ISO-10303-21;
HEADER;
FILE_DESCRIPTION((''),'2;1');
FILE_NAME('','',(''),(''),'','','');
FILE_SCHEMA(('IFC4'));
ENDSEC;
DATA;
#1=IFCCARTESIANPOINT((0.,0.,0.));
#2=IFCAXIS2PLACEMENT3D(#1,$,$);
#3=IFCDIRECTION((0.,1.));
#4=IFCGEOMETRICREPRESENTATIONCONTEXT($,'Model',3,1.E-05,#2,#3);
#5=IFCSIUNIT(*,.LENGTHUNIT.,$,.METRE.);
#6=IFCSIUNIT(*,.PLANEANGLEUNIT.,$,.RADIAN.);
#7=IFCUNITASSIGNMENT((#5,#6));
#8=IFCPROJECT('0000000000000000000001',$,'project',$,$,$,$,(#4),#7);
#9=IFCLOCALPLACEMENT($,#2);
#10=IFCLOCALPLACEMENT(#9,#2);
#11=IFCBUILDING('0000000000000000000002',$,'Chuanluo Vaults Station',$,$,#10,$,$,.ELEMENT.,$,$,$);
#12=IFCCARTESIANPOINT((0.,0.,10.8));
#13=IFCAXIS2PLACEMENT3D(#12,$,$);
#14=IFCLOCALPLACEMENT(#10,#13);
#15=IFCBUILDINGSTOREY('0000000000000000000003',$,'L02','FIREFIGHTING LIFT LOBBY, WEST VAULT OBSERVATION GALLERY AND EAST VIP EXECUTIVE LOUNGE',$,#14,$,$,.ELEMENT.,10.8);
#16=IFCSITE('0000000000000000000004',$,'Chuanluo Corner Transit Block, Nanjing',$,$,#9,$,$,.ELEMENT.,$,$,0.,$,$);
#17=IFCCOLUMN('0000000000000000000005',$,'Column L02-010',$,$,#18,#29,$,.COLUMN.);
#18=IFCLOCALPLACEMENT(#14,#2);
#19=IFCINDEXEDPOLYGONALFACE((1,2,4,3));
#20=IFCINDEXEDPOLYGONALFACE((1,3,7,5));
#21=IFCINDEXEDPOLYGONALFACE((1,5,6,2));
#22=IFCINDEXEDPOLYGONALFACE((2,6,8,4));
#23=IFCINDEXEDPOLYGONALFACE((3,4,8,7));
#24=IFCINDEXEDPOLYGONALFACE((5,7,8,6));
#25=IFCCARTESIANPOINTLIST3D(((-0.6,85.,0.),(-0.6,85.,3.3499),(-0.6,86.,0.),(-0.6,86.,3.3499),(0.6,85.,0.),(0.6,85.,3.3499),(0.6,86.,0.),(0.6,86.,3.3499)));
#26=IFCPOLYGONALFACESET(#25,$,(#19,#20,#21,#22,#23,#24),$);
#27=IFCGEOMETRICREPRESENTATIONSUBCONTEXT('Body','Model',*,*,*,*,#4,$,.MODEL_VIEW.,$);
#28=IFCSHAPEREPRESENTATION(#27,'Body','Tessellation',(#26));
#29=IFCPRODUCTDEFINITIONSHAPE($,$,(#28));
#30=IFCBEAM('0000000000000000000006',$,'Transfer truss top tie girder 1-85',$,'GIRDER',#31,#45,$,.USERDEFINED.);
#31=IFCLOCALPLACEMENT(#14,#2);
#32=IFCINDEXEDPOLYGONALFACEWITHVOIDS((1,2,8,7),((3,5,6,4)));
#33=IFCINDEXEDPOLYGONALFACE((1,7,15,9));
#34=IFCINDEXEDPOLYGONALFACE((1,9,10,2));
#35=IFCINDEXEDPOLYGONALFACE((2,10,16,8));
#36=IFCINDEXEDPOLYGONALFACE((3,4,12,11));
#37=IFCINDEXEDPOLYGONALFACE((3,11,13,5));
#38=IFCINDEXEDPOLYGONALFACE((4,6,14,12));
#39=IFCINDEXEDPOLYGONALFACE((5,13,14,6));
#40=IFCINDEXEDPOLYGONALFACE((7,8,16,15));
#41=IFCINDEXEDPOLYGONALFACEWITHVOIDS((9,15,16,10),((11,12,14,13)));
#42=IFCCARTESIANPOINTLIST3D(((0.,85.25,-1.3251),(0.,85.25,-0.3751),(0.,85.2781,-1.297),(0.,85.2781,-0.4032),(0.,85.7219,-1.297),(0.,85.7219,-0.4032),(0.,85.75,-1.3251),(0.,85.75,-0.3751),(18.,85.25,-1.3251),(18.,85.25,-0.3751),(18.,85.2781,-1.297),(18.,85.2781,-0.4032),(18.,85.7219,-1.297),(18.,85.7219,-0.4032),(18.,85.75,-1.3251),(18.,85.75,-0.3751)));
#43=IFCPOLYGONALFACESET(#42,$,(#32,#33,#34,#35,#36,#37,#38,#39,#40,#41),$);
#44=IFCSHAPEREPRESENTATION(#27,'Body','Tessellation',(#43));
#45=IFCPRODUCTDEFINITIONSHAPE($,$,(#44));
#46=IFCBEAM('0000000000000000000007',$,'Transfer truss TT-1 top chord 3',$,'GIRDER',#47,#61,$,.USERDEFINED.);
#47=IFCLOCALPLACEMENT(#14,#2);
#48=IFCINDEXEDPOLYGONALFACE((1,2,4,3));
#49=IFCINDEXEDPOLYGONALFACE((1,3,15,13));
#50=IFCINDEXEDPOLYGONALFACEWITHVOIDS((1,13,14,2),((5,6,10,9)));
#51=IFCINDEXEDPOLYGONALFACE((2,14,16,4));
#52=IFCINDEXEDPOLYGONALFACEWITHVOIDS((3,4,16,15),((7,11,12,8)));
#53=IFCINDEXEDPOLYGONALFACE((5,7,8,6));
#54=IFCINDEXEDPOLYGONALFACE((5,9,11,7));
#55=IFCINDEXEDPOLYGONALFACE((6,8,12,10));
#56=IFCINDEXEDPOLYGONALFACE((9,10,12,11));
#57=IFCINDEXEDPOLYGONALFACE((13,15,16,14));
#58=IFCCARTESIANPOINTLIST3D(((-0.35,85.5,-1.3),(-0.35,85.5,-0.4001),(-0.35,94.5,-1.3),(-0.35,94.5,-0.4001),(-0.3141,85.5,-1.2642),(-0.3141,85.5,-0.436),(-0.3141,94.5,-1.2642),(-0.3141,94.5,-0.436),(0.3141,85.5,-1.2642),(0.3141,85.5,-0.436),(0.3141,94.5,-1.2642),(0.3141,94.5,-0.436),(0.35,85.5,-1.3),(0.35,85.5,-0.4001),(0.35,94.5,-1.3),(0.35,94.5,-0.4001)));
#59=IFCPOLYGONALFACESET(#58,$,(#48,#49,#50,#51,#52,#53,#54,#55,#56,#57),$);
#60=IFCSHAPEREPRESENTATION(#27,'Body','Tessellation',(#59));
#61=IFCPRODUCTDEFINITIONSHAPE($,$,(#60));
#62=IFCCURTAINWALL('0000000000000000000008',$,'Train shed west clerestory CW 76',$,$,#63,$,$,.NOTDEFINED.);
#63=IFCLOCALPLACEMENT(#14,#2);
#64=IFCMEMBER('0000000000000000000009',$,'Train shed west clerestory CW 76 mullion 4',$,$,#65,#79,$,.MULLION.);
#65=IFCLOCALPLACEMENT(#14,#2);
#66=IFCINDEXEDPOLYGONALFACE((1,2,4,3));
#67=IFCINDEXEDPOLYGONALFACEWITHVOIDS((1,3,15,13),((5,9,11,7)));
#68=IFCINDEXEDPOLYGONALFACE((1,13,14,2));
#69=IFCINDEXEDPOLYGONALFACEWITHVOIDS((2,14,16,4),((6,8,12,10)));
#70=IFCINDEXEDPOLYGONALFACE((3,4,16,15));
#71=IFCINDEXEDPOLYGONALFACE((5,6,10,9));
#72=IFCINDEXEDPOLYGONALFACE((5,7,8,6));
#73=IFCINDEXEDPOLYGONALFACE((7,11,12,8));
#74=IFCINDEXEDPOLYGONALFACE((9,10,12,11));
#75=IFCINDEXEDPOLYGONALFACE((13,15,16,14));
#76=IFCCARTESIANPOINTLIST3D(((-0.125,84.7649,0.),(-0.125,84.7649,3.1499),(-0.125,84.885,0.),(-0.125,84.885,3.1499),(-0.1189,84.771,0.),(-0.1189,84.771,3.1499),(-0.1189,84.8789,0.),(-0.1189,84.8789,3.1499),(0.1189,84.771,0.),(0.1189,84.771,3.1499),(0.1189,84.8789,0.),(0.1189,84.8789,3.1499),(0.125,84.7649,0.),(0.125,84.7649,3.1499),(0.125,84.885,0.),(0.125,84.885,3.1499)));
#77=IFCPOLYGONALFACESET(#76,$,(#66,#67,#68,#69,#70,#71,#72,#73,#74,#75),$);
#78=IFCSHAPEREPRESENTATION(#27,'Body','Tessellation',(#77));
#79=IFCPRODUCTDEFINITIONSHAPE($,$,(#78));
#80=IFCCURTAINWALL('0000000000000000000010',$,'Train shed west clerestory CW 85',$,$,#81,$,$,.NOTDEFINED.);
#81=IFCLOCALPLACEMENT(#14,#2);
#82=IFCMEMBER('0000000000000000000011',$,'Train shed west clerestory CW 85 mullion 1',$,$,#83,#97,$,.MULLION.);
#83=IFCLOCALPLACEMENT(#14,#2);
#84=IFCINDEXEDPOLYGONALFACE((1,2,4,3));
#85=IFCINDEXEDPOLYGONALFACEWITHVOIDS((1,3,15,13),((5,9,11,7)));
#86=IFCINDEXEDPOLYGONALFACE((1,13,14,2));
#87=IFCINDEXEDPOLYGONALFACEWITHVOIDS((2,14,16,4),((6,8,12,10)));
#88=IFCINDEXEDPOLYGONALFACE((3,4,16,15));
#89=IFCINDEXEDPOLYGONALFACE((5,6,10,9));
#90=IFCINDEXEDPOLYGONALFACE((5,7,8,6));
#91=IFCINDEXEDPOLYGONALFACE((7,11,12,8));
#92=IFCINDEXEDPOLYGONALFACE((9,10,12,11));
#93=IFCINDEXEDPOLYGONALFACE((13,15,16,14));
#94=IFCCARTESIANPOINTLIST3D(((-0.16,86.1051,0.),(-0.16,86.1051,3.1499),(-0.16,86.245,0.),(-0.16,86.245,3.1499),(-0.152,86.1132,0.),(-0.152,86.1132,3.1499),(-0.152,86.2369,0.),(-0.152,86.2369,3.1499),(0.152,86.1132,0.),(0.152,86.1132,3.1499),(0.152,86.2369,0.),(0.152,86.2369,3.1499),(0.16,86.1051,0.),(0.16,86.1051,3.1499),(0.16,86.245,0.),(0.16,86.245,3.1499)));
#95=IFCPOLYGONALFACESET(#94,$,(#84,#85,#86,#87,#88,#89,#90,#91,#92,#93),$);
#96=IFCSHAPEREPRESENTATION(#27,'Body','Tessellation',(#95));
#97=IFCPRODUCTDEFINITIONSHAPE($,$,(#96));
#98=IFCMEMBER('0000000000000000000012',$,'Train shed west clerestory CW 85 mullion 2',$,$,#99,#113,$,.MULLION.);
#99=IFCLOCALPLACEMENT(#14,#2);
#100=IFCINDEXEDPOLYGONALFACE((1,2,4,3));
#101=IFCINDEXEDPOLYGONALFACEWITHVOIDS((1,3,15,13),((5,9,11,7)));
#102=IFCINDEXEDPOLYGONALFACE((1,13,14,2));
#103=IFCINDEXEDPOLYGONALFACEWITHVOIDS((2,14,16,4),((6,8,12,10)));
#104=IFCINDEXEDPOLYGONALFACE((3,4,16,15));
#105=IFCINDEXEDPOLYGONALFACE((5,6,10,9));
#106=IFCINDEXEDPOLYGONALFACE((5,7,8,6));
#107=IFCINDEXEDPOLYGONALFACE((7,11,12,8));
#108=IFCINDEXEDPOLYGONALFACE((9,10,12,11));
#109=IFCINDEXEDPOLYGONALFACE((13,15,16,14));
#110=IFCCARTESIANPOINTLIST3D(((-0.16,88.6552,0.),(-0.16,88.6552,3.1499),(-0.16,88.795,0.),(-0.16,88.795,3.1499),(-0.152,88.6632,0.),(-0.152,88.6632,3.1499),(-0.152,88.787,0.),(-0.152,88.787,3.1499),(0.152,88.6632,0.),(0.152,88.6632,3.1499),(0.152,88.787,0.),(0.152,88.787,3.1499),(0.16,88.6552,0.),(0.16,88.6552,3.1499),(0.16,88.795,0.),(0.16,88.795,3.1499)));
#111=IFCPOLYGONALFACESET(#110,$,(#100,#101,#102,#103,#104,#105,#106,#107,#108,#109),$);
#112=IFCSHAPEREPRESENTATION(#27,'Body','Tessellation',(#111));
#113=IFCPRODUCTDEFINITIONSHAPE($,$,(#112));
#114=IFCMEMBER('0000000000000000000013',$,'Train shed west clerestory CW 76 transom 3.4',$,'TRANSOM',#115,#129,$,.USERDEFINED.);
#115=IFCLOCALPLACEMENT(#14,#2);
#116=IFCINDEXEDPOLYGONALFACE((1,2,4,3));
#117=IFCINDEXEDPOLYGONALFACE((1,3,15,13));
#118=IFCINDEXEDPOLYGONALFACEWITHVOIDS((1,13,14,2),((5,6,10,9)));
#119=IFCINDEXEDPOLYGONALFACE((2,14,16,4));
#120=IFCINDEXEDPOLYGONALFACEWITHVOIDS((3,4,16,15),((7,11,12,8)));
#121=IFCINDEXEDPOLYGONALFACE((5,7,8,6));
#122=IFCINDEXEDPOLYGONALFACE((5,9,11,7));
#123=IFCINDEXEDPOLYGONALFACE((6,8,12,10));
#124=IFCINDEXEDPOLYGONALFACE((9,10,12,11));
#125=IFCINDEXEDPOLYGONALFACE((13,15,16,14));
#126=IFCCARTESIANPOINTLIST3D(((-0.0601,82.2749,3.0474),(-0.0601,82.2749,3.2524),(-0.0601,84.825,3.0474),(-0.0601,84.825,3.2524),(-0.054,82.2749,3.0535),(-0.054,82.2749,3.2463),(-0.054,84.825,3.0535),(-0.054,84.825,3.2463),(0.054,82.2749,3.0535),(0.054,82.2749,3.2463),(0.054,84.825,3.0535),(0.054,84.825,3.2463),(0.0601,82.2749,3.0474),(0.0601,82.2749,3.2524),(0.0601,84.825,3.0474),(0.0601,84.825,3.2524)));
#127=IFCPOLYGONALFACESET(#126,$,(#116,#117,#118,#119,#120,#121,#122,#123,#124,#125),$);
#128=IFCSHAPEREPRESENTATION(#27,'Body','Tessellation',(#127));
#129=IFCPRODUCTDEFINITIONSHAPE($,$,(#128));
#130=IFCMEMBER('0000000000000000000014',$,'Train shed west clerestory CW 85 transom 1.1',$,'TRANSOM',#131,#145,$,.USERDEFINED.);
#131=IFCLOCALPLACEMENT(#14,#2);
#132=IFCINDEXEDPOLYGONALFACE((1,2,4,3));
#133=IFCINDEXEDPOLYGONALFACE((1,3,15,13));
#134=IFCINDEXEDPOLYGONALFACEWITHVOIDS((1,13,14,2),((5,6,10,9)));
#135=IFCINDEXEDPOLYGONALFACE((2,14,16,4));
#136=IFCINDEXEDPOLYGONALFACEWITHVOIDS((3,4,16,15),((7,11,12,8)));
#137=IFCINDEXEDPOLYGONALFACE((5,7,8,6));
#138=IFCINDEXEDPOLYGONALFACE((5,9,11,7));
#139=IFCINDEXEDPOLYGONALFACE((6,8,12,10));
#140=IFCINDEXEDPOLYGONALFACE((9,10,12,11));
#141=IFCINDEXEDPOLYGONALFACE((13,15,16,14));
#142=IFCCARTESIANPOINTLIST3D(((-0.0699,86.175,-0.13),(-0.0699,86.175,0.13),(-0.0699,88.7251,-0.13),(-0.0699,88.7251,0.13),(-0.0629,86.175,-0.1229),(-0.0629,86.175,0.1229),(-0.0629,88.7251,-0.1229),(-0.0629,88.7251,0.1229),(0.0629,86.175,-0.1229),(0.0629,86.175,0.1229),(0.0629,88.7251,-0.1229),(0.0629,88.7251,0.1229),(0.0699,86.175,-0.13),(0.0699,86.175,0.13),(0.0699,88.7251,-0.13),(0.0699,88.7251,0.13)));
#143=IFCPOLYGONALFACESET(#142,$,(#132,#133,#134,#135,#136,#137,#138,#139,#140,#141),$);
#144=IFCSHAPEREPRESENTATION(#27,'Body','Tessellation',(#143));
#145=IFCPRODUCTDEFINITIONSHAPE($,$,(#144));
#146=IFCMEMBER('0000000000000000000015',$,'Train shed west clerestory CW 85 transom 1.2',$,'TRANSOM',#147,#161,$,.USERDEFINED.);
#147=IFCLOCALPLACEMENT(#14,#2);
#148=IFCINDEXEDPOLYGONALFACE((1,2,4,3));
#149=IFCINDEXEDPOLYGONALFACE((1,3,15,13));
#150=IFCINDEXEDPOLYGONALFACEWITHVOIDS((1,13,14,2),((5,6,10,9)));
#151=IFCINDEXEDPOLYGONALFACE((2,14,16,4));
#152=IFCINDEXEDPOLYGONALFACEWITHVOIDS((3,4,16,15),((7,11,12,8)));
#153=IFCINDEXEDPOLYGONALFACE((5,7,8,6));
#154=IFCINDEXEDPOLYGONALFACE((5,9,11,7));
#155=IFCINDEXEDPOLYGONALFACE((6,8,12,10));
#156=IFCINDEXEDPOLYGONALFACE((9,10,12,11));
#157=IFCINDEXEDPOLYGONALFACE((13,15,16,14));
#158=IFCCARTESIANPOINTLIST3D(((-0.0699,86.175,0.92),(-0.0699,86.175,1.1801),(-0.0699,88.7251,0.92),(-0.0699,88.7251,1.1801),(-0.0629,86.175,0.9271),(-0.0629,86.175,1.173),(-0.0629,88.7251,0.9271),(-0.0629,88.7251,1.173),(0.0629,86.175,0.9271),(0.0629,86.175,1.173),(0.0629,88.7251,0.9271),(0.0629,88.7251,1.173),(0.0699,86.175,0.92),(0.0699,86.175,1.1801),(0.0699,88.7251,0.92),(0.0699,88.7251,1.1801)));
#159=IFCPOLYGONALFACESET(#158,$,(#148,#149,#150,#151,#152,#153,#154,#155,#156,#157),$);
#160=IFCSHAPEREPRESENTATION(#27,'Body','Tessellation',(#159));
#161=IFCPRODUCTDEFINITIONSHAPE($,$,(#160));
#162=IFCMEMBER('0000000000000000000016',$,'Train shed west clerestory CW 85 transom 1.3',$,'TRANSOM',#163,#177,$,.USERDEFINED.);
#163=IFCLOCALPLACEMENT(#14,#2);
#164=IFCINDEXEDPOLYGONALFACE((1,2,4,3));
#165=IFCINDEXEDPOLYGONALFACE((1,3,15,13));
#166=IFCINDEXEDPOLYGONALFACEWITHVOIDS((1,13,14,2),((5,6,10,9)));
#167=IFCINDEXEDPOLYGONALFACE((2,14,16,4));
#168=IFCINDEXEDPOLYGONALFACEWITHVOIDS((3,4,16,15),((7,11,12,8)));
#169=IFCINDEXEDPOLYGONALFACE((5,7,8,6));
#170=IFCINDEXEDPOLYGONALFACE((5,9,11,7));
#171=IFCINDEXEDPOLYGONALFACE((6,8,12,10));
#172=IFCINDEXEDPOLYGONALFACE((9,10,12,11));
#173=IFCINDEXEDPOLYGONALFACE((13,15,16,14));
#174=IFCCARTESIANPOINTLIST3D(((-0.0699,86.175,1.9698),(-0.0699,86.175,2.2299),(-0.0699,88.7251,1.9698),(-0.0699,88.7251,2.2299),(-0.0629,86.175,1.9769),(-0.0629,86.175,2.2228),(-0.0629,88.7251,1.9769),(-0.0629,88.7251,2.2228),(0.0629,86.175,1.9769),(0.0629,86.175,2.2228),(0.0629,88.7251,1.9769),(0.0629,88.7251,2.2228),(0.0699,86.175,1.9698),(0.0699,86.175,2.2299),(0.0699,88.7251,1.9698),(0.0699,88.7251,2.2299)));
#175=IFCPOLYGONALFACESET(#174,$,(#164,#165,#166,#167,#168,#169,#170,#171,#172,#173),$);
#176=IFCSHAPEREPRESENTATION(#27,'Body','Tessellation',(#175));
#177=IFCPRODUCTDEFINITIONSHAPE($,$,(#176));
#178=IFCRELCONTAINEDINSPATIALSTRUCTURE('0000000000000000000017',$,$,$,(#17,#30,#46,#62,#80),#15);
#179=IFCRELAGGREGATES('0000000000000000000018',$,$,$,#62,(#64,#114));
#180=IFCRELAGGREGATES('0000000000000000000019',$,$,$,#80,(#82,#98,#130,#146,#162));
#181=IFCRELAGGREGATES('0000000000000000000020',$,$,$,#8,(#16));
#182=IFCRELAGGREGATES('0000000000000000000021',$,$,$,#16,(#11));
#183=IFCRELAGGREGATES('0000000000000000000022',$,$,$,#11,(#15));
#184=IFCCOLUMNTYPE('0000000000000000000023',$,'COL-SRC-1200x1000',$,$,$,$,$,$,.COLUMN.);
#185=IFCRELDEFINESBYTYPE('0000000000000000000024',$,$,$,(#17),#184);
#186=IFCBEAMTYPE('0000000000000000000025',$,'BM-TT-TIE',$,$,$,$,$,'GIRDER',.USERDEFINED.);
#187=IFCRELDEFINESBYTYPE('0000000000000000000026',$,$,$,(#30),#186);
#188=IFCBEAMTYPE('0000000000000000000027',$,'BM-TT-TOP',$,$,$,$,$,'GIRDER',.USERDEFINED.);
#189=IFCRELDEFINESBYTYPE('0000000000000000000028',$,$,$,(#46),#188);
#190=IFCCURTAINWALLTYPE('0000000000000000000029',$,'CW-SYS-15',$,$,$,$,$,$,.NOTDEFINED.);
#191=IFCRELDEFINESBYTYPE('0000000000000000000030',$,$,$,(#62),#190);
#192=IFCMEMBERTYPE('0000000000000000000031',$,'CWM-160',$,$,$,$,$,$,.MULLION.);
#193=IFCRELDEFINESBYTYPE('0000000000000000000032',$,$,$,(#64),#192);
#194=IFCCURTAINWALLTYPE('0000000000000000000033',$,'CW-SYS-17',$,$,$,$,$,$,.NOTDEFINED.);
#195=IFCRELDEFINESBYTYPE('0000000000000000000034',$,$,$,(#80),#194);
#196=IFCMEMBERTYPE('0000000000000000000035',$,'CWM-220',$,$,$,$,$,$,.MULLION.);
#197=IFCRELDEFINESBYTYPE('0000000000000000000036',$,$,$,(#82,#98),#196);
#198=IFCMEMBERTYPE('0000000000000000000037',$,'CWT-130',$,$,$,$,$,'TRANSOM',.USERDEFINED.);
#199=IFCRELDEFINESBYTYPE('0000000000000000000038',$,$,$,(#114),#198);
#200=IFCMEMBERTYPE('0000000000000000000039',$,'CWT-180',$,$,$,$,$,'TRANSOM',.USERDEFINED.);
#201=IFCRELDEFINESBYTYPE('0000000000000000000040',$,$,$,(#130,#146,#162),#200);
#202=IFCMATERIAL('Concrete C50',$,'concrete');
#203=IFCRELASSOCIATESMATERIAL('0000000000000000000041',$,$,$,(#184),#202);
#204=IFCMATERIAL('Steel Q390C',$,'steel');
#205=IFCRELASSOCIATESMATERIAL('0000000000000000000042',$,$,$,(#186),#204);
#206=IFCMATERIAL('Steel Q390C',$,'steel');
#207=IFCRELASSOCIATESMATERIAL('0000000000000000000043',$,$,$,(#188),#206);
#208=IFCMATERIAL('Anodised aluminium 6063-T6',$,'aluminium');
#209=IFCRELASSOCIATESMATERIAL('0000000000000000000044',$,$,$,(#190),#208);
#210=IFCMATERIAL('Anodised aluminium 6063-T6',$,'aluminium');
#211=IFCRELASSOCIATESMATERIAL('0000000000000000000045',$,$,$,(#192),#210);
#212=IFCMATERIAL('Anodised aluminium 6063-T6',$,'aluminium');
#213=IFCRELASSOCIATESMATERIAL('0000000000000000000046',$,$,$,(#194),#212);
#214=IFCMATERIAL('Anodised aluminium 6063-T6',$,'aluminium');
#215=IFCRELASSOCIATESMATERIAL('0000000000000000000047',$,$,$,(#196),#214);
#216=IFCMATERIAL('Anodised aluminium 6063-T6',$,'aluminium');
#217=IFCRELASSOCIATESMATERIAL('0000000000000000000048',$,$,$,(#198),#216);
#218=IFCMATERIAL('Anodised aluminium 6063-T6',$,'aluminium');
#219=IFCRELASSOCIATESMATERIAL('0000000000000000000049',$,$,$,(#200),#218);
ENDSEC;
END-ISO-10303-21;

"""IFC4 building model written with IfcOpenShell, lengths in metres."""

from ifc_helpers import new_model, si_unit, direction, frame, origin, origin_2d, place, context, subcontext, project, spatial, rectangle, hollow_rectangle, extrude, material, material_profile, profile_set, type_object, element, aggregate, save


model = new_model("IFC4")

# Units and contexts
model_context = context("Model", 3, precision=1e-05, world=origin(), true_north=direction((0.0, 1.0)))
body_context = subcontext(model_context, "Body", "Model", "MODEL_VIEW")
ifc_project = project(units=[si_unit("LENGTHUNIT", "METRE"), si_unit("PLANEANGLEUNIT", "RADIAN")], contexts=[model_context])

# Site, building, storey
site_placement = place(None, origin())
site = spatial("IfcSite", under=ifc_project, at=site_placement, Name="Chuanluo Corner Transit Block, Nanjing", CompositionType="ELEMENT", RefElevation=0.0)
building_placement = place(site_placement, origin())
building = spatial("IfcBuilding", under=site, at=building_placement, Name="Chuanluo Vaults Station", CompositionType="ELEMENT")
storey_placement = place(building_placement, frame((0.0, 0.0, 10.8)))
storey = spatial("IfcBuildingStorey", under=building, at=storey_placement, Name="L02", Description="FIREFIGHTING LIFT LOBBY, WEST VAULT OBSERVATION GALLERY AND EAST VIP EXECUTIVE LOUNGE", CompositionType="ELEMENT", Elevation=10.8)

# Column
ifc_material_1 = material(Name="Concrete C50", Category="concrete")
ifc_material_profile_1 = material_profile(ifc_material_1, rectangle(XDim=1.2, YDim=1.0, at=origin_2d()))
ifc_profile_set_1 = profile_set([ifc_material_profile_1], Name="Concrete C50")
column_type = type_object("IfcColumnType", Name="COL-SRC-1200x1000", PredefinedType="COLUMN", material=ifc_profile_set_1)
column_placement = place(storey_placement, frame((0.0, 85.5, 0.0), z_axis=(0.0, 0.0, 1.0), x_axis=(1.0, 0.0, 0.0)))
element("IfcColumn", 1, at=column_placement, inside=storey, type_object=column_type, Name="Column L02-010", PredefinedType="COLUMN", context=body_context, shape_type="SweptSolid", body=[
    extrude(rectangle(XDim=1.2, YDim=1.0, at=origin_2d()), origin(), (0.0, 0.0, 1.0), 3.3499),
])

# Beams
ifc_material_2 = material(Name="Steel Q390C", Category="steel")
ifc_material_profile_2 = material_profile(ifc_material_2, hollow_rectangle(XDim=0.5, YDim=0.95, WallThickness=0.0281, at=origin_2d()))
ifc_profile_set_2 = profile_set([ifc_material_profile_2], Name="Steel Q390C")
beam_type_1 = type_object("IfcBeamType", Name="BM-TT-TIE", ElementType="GIRDER", PredefinedType="USERDEFINED", material=ifc_profile_set_2)
beam_1_placement = place(storey_placement, frame((0.0, 85.5, -0.8501), z_axis=(1.0, 0.0, 0.0), x_axis=(0.0, 1.0, 0.0)))
element("IfcBeam", 2, at=beam_1_placement, inside=storey, type_object=beam_type_1, Name="Transfer truss top tie girder 1-85", ObjectType="GIRDER", PredefinedType="USERDEFINED", context=body_context, shape_type="SweptSolid", body=[
    extrude(hollow_rectangle(XDim=0.5, YDim=0.95, WallThickness=0.0281, at=origin_2d()), origin(), (0.0, 0.0, 1.0), 18.0),
])
ifc_material_3 = material(Name="Steel Q390C", Category="steel")
ifc_material_profile_3 = material_profile(ifc_material_3, hollow_rectangle(XDim=0.7, YDim=0.8999, WallThickness=0.0359, at=origin_2d()))
ifc_profile_set_3 = profile_set([ifc_material_profile_3], Name="Steel Q390C")
beam_type_2 = type_object("IfcBeamType", Name="BM-TT-TOP", ElementType="GIRDER", PredefinedType="USERDEFINED", material=ifc_profile_set_3)
beam_2_placement = place(storey_placement, frame((0.0, 85.5, -0.8501), z_axis=(0.0, 1.0, 0.0), x_axis=(-1.0, 0.0, 0.0)))
element("IfcBeam", 3, at=beam_2_placement, inside=storey, type_object=beam_type_2, Name="Transfer truss TT-1 top chord 3", ObjectType="GIRDER", PredefinedType="USERDEFINED", context=body_context, shape_type="SweptSolid", body=[
    extrude(hollow_rectangle(XDim=0.7, YDim=0.8999, WallThickness=0.0359, at=origin_2d()), origin(), (0.0, 0.0, 1.0), 9.0),
])

# Curtain wall, member
ifc_material_4 = material(Name="Anodised aluminium 6063-T6", Category="aluminium")
curtain_wall_type_1 = type_object("IfcCurtainWallType", Name="CW-SYS-15", PredefinedType="NOTDEFINED", material=ifc_material_4)
curtain_wall_1_placement = place(storey_placement, origin())
curtain_wall_1 = element("IfcCurtainWall", 4, at=curtain_wall_1_placement, inside=storey, type_object=curtain_wall_type_1, Name="Train shed west clerestory CW 76", PredefinedType="NOTDEFINED")
ifc_material_5 = material(Name="Anodised aluminium 6063-T6", Category="aluminium")
ifc_material_profile_4 = material_profile(ifc_material_5, hollow_rectangle(XDim=0.1201, YDim=0.25, WallThickness=0.0061, at=origin_2d()))
ifc_profile_set_4 = profile_set([ifc_material_profile_4], Name="Anodised aluminium 6063-T6")
member_type_1 = type_object("IfcMemberType", Name="CWM-160", PredefinedType="MULLION", material=ifc_profile_set_4)
member_1_placement = place(storey_placement, frame((0.0, 84.825, 0.0), z_axis=(0.0, 0.0, 1.0), x_axis=(0.0, 1.0, 0.0)))
member_1 = element("IfcMember", 5, at=member_1_placement, type_object=member_type_1, Name="Train shed west clerestory CW 76 mullion 4", PredefinedType="MULLION", context=body_context, shape_type="SweptSolid", body=[
    extrude(hollow_rectangle(XDim=0.1201, YDim=0.25, WallThickness=0.0061, at=origin_2d()), origin(), (0.0, 0.0, 1.0), 3.1499),
])

# Curtain wall, members
ifc_material_6 = material(Name="Anodised aluminium 6063-T6", Category="aluminium")
curtain_wall_type_2 = type_object("IfcCurtainWallType", Name="CW-SYS-17", PredefinedType="NOTDEFINED", material=ifc_material_6)
curtain_wall_2_placement = place(storey_placement, origin())
curtain_wall_2 = element("IfcCurtainWall", 6, at=curtain_wall_2_placement, inside=storey, type_object=curtain_wall_type_2, Name="Train shed west clerestory CW 85", PredefinedType="NOTDEFINED")
ifc_material_7 = material(Name="Anodised aluminium 6063-T6", Category="aluminium")
ifc_material_profile_5 = material_profile(ifc_material_7, hollow_rectangle(XDim=0.1399, YDim=0.3201, WallThickness=0.0081, at=origin_2d()))
ifc_profile_set_5 = profile_set([ifc_material_profile_5], Name="Anodised aluminium 6063-T6")
member_type_2 = type_object("IfcMemberType", Name="CWM-220", PredefinedType="MULLION", material=ifc_profile_set_5)
member_2_placement = place(storey_placement, frame((0.0, 86.175, 0.0), z_axis=(0.0, 0.0, 1.0), x_axis=(0.0, 1.0, 0.0)))
member_2 = element("IfcMember", 7, at=member_2_placement, type_object=member_type_2, Name="Train shed west clerestory CW 85 mullion 1", PredefinedType="MULLION", context=body_context, shape_type="SweptSolid", body=[
    extrude(hollow_rectangle(XDim=0.1399, YDim=0.3201, WallThickness=0.0081, at=origin_2d()), origin(), (0.0, 0.0, 1.0), 3.1499),
])
member_3_placement = place(storey_placement, frame((0.0, 88.7251, 0.0), z_axis=(0.0, 0.0, 1.0), x_axis=(0.0, 1.0, 0.0)))
member_3 = element("IfcMember", 8, at=member_3_placement, type_object=member_type_2, Name="Train shed west clerestory CW 85 mullion 2", PredefinedType="MULLION", context=body_context, shape_type="SweptSolid", body=[
    extrude(hollow_rectangle(XDim=0.1399, YDim=0.3201, WallThickness=0.0081, at=origin_2d()), origin(), (0.0, 0.0, 1.0), 3.1499),
])

# Members
ifc_material_8 = material(Name="Anodised aluminium 6063-T6", Category="aluminium")
ifc_material_profile_6 = material_profile(ifc_material_8, hollow_rectangle(XDim=0.1201, YDim=0.2051, WallThickness=0.0061, at=origin_2d()))
ifc_profile_set_6 = profile_set([ifc_material_profile_6], Name="Anodised aluminium 6063-T6")
member_type_3 = type_object("IfcMemberType", Name="CWT-130", ElementType="TRANSOM", PredefinedType="USERDEFINED", material=ifc_profile_set_6)
member_4_placement = place(storey_placement, frame((0.0, 82.2749, 3.1499), z_axis=(0.0, 1.0, 0.0), x_axis=(-1.0, 0.0, 0.0)))
member_4 = element("IfcMember", 9, at=member_4_placement, type_object=member_type_3, Name="Train shed west clerestory CW 76 transom 3.4", ObjectType="TRANSOM", PredefinedType="USERDEFINED", context=body_context, shape_type="SweptSolid", body=[
    extrude(hollow_rectangle(XDim=0.1201, YDim=0.2051, WallThickness=0.0061, at=origin_2d()), origin(), (0.0, 0.0, 1.0), 2.55),
])
ifc_material_9 = material(Name="Anodised aluminium 6063-T6", Category="aluminium")
ifc_material_profile_7 = material_profile(ifc_material_9, hollow_rectangle(XDim=0.1399, YDim=0.26, WallThickness=0.0071, at=origin_2d()))
ifc_profile_set_7 = profile_set([ifc_material_profile_7], Name="Anodised aluminium 6063-T6")
member_type_4 = type_object("IfcMemberType", Name="CWT-180", ElementType="TRANSOM", PredefinedType="USERDEFINED", material=ifc_profile_set_7)
member_5_placement = place(storey_placement, frame((0.0, 86.175, 0.0), z_axis=(0.0, 1.0, 0.0), x_axis=(-1.0, 0.0, 0.0)))
member_5 = element("IfcMember", 10, at=member_5_placement, type_object=member_type_4, Name="Train shed west clerestory CW 85 transom 1.1", ObjectType="TRANSOM", PredefinedType="USERDEFINED", context=body_context, shape_type="SweptSolid", body=[
    extrude(hollow_rectangle(XDim=0.1399, YDim=0.26, WallThickness=0.0071, at=origin_2d()), origin(), (0.0, 0.0, 1.0), 2.55),
])
member_6_placement = place(storey_placement, frame((0.0, 86.175, 1.05), z_axis=(0.0, 1.0, 0.0), x_axis=(-1.0, 0.0, 0.0)))
member_6 = element("IfcMember", 11, at=member_6_placement, type_object=member_type_4, Name="Train shed west clerestory CW 85 transom 1.2", ObjectType="TRANSOM", PredefinedType="USERDEFINED", context=body_context, shape_type="SweptSolid", body=[
    extrude(hollow_rectangle(XDim=0.1399, YDim=0.26, WallThickness=0.0071, at=origin_2d()), origin(), (0.0, 0.0, 1.0), 2.55),
])
member_7_placement = place(storey_placement, frame((0.0, 86.175, 2.0999), z_axis=(0.0, 1.0, 0.0), x_axis=(-1.0, 0.0, 0.0)))
member_7 = element("IfcMember", 12, at=member_7_placement, type_object=member_type_4, Name="Train shed west clerestory CW 85 transom 1.3", ObjectType="TRANSOM", PredefinedType="USERDEFINED", context=body_context, shape_type="SweptSolid", body=[
    extrude(hollow_rectangle(XDim=0.1399, YDim=0.26, WallThickness=0.0071, at=origin_2d()), origin(), (0.0, 0.0, 1.0), 2.55),
])

aggregate(curtain_wall_1, [member_1, member_4])
aggregate(curtain_wall_2, [member_2, member_3, member_5, member_6, member_7])

save(model, "model.ifc")
